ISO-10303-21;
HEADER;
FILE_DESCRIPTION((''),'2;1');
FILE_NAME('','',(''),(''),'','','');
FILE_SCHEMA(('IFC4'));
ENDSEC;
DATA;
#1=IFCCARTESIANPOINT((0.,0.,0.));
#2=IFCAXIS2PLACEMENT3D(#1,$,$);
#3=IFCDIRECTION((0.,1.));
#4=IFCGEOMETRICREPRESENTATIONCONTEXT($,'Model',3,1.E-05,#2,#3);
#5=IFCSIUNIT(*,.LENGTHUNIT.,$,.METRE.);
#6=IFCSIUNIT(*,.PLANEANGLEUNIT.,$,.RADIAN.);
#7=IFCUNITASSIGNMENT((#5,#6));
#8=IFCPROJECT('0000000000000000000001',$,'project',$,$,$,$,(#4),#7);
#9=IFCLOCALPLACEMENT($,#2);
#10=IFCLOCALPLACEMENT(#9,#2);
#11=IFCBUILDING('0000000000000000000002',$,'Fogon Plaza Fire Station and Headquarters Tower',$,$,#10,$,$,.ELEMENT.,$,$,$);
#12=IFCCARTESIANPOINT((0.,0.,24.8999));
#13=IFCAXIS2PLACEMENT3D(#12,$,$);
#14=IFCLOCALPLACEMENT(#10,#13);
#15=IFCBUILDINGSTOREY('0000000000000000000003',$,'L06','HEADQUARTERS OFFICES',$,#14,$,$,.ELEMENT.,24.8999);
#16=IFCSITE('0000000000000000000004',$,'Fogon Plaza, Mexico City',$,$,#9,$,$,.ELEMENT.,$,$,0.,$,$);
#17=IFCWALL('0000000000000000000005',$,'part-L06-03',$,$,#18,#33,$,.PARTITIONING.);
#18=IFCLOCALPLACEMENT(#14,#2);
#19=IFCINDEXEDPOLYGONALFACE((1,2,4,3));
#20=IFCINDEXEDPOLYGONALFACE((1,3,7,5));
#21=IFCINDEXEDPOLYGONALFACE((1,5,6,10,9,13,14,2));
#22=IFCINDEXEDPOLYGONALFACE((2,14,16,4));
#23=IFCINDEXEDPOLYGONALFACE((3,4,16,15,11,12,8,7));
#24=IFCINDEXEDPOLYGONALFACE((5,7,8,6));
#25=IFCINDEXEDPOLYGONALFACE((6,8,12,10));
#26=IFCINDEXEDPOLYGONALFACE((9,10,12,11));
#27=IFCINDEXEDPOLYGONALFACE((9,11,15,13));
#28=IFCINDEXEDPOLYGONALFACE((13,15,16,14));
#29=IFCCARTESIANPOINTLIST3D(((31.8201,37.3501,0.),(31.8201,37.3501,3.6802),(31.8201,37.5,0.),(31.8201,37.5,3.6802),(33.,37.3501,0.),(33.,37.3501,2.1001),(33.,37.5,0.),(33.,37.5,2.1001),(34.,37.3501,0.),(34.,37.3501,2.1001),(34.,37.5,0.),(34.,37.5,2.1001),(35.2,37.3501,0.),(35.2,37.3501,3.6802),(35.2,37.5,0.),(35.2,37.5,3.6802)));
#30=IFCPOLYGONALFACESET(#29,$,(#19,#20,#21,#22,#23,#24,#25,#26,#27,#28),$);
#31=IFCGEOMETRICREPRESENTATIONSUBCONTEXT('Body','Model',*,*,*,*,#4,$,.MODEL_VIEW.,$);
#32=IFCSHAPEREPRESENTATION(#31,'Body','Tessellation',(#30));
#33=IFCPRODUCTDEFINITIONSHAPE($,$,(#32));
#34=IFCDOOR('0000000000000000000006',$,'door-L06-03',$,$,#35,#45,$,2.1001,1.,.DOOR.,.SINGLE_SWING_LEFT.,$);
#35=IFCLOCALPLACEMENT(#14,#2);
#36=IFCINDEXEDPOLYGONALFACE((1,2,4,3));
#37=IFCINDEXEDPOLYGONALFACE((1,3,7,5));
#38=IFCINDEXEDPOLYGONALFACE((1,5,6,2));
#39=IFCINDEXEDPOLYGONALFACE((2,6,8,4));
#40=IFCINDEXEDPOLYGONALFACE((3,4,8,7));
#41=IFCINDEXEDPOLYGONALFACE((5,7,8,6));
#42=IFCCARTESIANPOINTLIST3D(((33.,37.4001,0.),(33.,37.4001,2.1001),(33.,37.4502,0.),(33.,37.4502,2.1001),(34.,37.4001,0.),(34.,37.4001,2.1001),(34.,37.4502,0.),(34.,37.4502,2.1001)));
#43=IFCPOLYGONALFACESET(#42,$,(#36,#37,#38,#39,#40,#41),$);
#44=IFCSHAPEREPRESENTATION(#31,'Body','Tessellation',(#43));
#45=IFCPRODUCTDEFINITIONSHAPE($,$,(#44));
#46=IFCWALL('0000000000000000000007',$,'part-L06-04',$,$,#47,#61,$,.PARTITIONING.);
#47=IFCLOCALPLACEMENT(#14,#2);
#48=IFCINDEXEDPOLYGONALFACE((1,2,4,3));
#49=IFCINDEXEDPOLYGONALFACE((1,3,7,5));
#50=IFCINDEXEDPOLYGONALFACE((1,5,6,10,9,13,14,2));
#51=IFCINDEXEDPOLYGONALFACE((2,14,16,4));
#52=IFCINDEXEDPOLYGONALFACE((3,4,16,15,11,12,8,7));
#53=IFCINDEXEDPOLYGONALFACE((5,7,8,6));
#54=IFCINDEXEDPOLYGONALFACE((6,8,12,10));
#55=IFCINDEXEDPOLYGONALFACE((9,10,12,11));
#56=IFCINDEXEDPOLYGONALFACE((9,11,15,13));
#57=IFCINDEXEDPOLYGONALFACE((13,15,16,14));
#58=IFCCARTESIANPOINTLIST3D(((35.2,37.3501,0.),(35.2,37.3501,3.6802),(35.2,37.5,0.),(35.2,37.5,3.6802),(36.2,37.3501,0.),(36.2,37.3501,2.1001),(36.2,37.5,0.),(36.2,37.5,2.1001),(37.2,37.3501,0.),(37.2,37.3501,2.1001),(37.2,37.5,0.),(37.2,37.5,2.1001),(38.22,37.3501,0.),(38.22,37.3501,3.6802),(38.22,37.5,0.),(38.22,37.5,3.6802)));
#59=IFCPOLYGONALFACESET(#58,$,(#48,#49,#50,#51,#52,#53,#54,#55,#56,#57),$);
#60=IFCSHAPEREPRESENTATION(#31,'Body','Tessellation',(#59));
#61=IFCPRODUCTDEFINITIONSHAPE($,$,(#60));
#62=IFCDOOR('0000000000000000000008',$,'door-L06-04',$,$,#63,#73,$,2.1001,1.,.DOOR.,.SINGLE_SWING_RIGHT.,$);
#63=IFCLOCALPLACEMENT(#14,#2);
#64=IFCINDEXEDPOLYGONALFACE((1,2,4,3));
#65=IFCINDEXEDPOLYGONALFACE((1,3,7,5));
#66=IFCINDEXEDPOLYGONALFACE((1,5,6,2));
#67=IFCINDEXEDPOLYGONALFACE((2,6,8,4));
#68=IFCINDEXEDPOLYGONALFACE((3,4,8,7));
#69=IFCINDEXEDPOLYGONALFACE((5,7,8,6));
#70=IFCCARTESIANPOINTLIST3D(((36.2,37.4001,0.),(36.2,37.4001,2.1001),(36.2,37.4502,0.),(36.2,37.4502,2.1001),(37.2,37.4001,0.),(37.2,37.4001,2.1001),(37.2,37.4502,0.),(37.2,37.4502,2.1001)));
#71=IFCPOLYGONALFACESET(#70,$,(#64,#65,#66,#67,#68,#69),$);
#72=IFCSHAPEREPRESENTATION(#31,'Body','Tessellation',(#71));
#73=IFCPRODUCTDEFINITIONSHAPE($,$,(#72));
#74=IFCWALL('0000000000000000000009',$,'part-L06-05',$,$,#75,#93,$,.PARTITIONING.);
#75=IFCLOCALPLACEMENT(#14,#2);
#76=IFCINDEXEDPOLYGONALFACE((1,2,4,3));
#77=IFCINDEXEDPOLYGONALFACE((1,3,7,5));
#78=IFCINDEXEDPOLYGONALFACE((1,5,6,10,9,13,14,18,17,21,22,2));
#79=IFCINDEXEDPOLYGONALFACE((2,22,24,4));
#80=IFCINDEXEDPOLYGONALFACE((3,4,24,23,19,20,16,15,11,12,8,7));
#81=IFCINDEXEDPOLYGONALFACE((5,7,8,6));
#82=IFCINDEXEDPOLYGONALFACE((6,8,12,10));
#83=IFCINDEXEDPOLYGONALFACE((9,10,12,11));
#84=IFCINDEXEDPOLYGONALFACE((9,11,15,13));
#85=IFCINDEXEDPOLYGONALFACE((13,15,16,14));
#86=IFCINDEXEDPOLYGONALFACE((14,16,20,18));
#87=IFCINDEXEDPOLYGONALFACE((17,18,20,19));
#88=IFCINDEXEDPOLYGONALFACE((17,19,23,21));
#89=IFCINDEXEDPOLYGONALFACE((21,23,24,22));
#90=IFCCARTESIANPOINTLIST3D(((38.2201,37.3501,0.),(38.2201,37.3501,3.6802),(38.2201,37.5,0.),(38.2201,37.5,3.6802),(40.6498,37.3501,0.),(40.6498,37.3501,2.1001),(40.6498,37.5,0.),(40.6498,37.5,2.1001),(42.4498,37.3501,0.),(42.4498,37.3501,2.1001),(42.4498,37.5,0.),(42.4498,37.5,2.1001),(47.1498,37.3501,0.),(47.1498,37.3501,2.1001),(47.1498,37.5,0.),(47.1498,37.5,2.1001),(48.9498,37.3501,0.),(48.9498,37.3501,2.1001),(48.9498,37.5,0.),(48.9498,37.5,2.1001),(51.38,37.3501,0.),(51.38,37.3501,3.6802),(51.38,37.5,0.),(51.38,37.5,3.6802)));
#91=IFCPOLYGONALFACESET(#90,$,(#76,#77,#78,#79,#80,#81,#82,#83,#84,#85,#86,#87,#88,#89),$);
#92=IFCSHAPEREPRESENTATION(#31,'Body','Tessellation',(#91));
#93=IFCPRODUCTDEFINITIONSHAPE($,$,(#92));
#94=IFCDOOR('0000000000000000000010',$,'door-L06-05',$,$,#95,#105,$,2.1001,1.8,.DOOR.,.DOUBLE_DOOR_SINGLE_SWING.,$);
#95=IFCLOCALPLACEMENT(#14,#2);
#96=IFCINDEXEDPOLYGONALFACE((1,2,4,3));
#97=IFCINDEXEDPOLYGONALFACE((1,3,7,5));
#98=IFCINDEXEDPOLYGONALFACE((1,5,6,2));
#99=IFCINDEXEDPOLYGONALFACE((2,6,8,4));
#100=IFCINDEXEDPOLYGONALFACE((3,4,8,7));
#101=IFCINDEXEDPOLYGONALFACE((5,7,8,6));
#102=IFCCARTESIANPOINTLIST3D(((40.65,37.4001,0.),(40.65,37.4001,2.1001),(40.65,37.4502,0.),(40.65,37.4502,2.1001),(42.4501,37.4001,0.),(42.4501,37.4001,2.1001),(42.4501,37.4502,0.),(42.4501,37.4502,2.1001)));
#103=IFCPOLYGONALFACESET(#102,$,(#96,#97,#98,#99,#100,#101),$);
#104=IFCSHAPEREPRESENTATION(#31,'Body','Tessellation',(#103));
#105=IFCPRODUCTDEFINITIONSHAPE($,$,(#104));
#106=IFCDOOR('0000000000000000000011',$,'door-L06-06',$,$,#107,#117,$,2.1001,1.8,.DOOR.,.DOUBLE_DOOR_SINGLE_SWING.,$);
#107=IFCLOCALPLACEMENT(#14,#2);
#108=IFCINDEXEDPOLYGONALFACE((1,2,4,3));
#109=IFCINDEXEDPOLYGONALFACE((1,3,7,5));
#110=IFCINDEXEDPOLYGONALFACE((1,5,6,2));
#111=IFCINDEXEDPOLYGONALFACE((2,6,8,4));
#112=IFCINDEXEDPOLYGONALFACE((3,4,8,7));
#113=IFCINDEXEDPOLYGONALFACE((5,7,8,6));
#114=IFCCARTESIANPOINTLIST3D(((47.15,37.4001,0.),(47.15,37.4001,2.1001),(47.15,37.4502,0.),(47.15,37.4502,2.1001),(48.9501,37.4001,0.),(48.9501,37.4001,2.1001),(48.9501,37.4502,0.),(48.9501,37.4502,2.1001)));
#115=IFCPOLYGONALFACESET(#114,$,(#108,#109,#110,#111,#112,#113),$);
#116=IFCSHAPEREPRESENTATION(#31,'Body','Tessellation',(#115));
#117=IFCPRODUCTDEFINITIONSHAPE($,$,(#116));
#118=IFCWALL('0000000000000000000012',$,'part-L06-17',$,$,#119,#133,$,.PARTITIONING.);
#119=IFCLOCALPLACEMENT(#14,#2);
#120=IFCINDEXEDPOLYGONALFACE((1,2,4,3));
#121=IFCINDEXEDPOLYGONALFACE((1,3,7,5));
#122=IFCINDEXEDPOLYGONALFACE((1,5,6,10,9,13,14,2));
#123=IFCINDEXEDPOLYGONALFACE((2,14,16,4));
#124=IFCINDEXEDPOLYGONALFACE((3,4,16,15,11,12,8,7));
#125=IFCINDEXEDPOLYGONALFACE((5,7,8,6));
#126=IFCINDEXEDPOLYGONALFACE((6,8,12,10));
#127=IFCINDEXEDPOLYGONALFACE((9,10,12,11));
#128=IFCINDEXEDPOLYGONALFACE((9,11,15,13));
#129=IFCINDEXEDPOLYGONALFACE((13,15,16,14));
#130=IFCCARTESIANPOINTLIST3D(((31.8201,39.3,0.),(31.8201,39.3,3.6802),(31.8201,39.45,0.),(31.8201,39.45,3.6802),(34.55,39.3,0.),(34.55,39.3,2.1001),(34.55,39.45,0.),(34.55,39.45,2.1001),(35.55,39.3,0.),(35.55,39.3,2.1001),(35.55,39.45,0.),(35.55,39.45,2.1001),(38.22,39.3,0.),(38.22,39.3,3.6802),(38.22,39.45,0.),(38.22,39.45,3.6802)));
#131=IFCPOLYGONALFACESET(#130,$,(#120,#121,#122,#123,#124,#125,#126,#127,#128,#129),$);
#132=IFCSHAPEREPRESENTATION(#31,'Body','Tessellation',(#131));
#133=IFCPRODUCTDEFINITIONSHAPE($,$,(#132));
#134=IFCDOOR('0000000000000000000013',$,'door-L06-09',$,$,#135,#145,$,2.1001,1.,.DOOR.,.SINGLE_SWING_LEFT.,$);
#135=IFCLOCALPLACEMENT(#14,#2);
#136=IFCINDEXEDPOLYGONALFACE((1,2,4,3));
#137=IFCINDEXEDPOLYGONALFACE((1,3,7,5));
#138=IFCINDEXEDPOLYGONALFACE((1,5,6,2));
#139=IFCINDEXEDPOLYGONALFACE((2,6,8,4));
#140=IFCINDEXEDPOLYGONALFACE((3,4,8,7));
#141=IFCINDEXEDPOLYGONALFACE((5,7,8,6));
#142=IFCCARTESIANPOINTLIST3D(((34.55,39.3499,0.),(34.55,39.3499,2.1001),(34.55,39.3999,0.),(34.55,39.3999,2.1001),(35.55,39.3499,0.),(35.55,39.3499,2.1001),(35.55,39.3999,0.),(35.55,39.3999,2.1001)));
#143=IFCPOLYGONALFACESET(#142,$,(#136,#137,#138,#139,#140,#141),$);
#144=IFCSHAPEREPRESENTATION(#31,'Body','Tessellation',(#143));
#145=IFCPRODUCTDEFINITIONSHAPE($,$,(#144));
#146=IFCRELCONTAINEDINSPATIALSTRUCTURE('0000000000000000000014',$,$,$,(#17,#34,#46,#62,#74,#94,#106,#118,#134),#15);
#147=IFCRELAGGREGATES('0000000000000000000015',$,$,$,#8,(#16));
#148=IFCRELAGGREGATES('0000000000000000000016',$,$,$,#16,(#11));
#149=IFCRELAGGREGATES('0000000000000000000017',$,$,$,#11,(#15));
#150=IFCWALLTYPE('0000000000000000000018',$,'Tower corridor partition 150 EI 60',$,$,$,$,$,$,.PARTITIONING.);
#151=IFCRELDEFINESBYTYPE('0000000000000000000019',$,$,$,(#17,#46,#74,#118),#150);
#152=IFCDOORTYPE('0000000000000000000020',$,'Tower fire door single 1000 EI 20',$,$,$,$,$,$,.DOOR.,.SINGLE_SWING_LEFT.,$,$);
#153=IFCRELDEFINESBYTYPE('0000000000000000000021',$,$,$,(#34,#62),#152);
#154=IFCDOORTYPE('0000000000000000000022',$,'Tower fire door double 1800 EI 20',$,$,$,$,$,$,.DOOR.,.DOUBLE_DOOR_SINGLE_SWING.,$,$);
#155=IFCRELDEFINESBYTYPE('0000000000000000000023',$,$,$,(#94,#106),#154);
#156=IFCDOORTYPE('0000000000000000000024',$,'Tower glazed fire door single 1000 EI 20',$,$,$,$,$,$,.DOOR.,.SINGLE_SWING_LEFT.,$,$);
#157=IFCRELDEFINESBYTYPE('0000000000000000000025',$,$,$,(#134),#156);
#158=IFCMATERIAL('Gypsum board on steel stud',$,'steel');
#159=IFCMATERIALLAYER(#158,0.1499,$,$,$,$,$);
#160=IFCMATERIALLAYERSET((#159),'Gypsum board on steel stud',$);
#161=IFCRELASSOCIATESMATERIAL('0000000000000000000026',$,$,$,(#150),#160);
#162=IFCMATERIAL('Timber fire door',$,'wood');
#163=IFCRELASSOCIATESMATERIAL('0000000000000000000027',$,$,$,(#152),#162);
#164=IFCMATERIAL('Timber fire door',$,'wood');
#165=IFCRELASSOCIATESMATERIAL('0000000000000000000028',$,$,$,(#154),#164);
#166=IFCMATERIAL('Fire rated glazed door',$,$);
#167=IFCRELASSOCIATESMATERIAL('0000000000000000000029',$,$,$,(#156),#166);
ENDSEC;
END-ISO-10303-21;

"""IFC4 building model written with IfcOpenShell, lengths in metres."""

from ifc_helpers import new_model, si_unit, direction, frame, frame_2d, origin, place, context, subcontext, project, spatial, rectangle, extrude, material, layer, layer_set, type_object, element, fill, save


model = new_model("IFC4")

# Units and contexts
model_context = context("Model", 3, precision=1e-05, world=origin(), true_north=direction((0.0, 1.0)))
body_context = subcontext(model_context, "Body", "Model", "MODEL_VIEW")
ifc_project = project(units=[si_unit("LENGTHUNIT", "METRE"), si_unit("PLANEANGLEUNIT", "RADIAN")], contexts=[model_context])

# Site, building, storey
site_placement = place(None, origin())
site = spatial("IfcSite", under=ifc_project, at=site_placement, Name="Fogon Plaza, Mexico City", CompositionType="ELEMENT", RefElevation=0.0)
building_placement = place(site_placement, origin())
building = spatial("IfcBuilding", under=site, at=building_placement, Name="Fogon Plaza Fire Station and Headquarters Tower", CompositionType="ELEMENT")
storey_placement = place(building_placement, frame((0.0, 0.0, 24.8999)))
storey = spatial("IfcBuildingStorey", under=building, at=storey_placement, Name="L06", Description="HEADQUARTERS OFFICES", CompositionType="ELEMENT", Elevation=24.8999)

# Walls, openings, doors
ifc_material_1 = material(Name="Gypsum board on steel stud", Category="steel")
ifc_layer_1 = layer(ifc_material_1, 0.1499)
ifc_layer_set_1 = layer_set([ifc_layer_1], Name="Gypsum board on steel stud")
wall_type_1 = type_object("IfcWallType", Name="Tower corridor partition 150 EI 60", PredefinedType="PARTITIONING", material=ifc_layer_set_1)
wall_1_placement = place(storey_placement, frame((31.8201, 37.425, 0.0), z_axis=(0.0, 0.0, 1.0), x_axis=(1.0, 0.0, 0.0)))
wall_1 = element("IfcWall", 1, at=wall_1_placement, inside=storey, type_object=wall_type_1, Name="part-L06-03", PredefinedType="PARTITIONING", context=body_context, shape_type="SweptSolid", body=[
    extrude(rectangle(XDim=3.3799, YDim=0.1499, at=frame_2d((1.6899, 0.0))), origin(), (0.0, 0.0, 1.0), 3.6802),
])
opening_1_placement = place(wall_1_placement, frame((1.1799, 0.0, 0.0)))
opening_1 = element("IfcOpeningElement", 2, at=opening_1_placement, cuts=wall_1, PredefinedType="OPENING", context=body_context, shape_type="SweptSolid", body=[
    extrude(rectangle(XDim=1.0, YDim=2.1001, at=frame_2d((0.5, 1.05))), frame((0.0, 0.085, 0.0), z_axis=(0.0, -1.0, 0.0), x_axis=(1.0, 0.0, 0.0)), (0.0, 0.0, 1.0), 0.1699),
])
ifc_material_2 = material(Name="Timber fire door", Category="wood")
door_type_1 = type_object("IfcDoorType", Name="Tower fire door single 1000 EI 20", OperationType="SINGLE_SWING_LEFT", PredefinedType="DOOR", material=ifc_material_2)
door_1_placement = place(opening_1_placement, frame((1.0, 0.0, 0.0), z_axis=(0.0, 0.0, 1.0), x_axis=(-1.0, 0.0, 0.0)))
door_1 = element("IfcDoor", 3, at=door_1_placement, inside=storey, type_object=door_type_1, Name="door-L06-03", OperationType="SINGLE_SWING_LEFT", OverallHeight=2.1001, OverallWidth=1.0, PredefinedType="DOOR", context=body_context, shape_type="SweptSolid", body=[
    extrude(rectangle(XDim=1.0, YDim=2.1001, at=frame_2d((0.5, 1.05))), frame((0.0, 0.0249, 0.0), z_axis=(0.0, -1.0, 0.0), x_axis=(1.0, 0.0, 0.0)), (0.0, 0.0, 1.0), 0.05),
])
fill(opening_1, door_1)
wall_2_placement = place(storey_placement, frame((35.2, 37.425, 0.0), z_axis=(0.0, 0.0, 1.0), x_axis=(1.0, 0.0, 0.0)))
wall_2 = element("IfcWall", 4, at=wall_2_placement, inside=storey, type_object=wall_type_1, Name="part-L06-04", PredefinedType="PARTITIONING", context=body_context, shape_type="SweptSolid", body=[
    extrude(rectangle(XDim=3.02, YDim=0.1499, at=frame_2d((1.51, 0.0))), origin(), (0.0, 0.0, 1.0), 3.6802),
])
opening_2_placement = place(wall_2_placement, frame((1.0, 0.0, 0.0)))
opening_2 = element("IfcOpeningElement", 5, at=opening_2_placement, cuts=wall_2, PredefinedType="OPENING", context=body_context, shape_type="SweptSolid", body=[
    extrude(rectangle(XDim=1.0, YDim=2.1001, at=frame_2d((0.5, 1.05))), frame((0.0, 0.085, 0.0), z_axis=(0.0, -1.0, 0.0), x_axis=(1.0, 0.0, 0.0)), (0.0, 0.0, 1.0), 0.1699),
])
door_2_placement = place(opening_2_placement, frame((1.0, 0.0, 0.0), z_axis=(0.0, 0.0, 1.0), x_axis=(-1.0, 0.0, 0.0)))
door_2 = element("IfcDoor", 6, at=door_2_placement, inside=storey, type_object=door_type_1, Name="door-L06-04", OperationType="SINGLE_SWING_RIGHT", OverallHeight=2.1001, OverallWidth=1.0, PredefinedType="DOOR", context=body_context, shape_type="SweptSolid", body=[
    extrude(rectangle(XDim=1.0, YDim=2.1001, at=frame_2d((0.5, 1.05))), frame((0.0, 0.0249, 0.0), z_axis=(0.0, -1.0, 0.0), x_axis=(1.0, 0.0, 0.0)), (0.0, 0.0, 1.0), 0.05),
])
fill(opening_2, door_2)

# Wall, openings, doors
wall_3_placement = place(storey_placement, frame((38.22, 37.425, 0.0), z_axis=(0.0, 0.0, 1.0), x_axis=(1.0, 0.0, 0.0)))
wall_3 = element("IfcWall", 7, at=wall_3_placement, inside=storey, type_object=wall_type_1, Name="part-L06-05", PredefinedType="PARTITIONING", context=body_context, shape_type="SweptSolid", body=[
    extrude(rectangle(XDim=13.1599, YDim=0.1499, at=frame_2d((6.5801, 0.0))), origin(), (0.0, 0.0, 1.0), 3.6802),
])
opening_3_placement = place(wall_3_placement, frame((2.4299, 0.0, 0.0)))
opening_3 = element("IfcOpeningElement", 8, at=opening_3_placement, cuts=wall_3, PredefinedType="OPENING", context=body_context, shape_type="SweptSolid", body=[
    extrude(rectangle(XDim=1.8, YDim=2.1001, at=frame_2d((0.8999, 1.05))), frame((0.0, 0.085, 0.0), z_axis=(0.0, -1.0, 0.0), x_axis=(1.0, 0.0, 0.0)), (0.0, 0.0, 1.0), 0.1699),
])
opening_4_placement = place(wall_3_placement, frame((8.9299, 0.0, 0.0)))
opening_4 = element("IfcOpeningElement", 9, at=opening_4_placement, cuts=wall_3, PredefinedType="OPENING", context=body_context, shape_type="SweptSolid", body=[
    extrude(rectangle(XDim=1.8, YDim=2.1001, at=frame_2d((0.8999, 1.05))), frame((0.0, 0.085, 0.0), z_axis=(0.0, -1.0, 0.0), x_axis=(1.0, 0.0, 0.0)), (0.0, 0.0, 1.0), 0.1699),
])
ifc_material_3 = material(Name="Timber fire door", Category="wood")
door_type_2 = type_object("IfcDoorType", Name="Tower fire door double 1800 EI 20", OperationType="DOUBLE_DOOR_SINGLE_SWING", PredefinedType="DOOR", material=ifc_material_3)
door_3_placement = place(opening_3_placement, frame((1.8, 0.0, 0.0), z_axis=(0.0, 0.0, 1.0), x_axis=(-1.0, 0.0, 0.0)))
door_3 = element("IfcDoor", 10, at=door_3_placement, inside=storey, type_object=door_type_2, Name="door-L06-05", OperationType="DOUBLE_DOOR_SINGLE_SWING", OverallHeight=2.1001, OverallWidth=1.8, PredefinedType="DOOR", context=body_context, shape_type="SweptSolid", body=[
    extrude(rectangle(XDim=1.8, YDim=2.1001, at=frame_2d((0.8999, 1.05))), frame((0.0, 0.0249, 0.0), z_axis=(0.0, -1.0, 0.0), x_axis=(1.0, 0.0, 0.0)), (0.0, 0.0, 1.0), 0.05),
])
fill(opening_3, door_3)
door_4_placement = place(opening_4_placement, frame((1.8, 0.0, 0.0), z_axis=(0.0, 0.0, 1.0), x_axis=(-1.0, 0.0, 0.0)))
door_4 = element("IfcDoor", 11, at=door_4_placement, inside=storey, type_object=door_type_2, Name="door-L06-06", OperationType="DOUBLE_DOOR_SINGLE_SWING", OverallHeight=2.1001, OverallWidth=1.8, PredefinedType="DOOR", context=body_context, shape_type="SweptSolid", body=[
    extrude(rectangle(XDim=1.8, YDim=2.1001, at=frame_2d((0.8999, 1.05))), frame((0.0, 0.0249, 0.0), z_axis=(0.0, -1.0, 0.0), x_axis=(1.0, 0.0, 0.0)), (0.0, 0.0, 1.0), 0.05),
])
fill(opening_4, door_4)

# Wall, opening, door
wall_4_placement = place(storey_placement, frame((31.8201, 39.375, 0.0), z_axis=(0.0, 0.0, 1.0), x_axis=(1.0, 0.0, 0.0)))
wall_4 = element("IfcWall", 12, at=wall_4_placement, inside=storey, type_object=wall_type_1, Name="part-L06-17", PredefinedType="PARTITIONING", context=body_context, shape_type="SweptSolid", body=[
    extrude(rectangle(XDim=6.3999, YDim=0.1499, at=frame_2d((3.2, 0.0))), origin(), (0.0, 0.0, 1.0), 3.6802),
])
opening_5_placement = place(wall_4_placement, frame((2.73, 0.0, 0.0)))
opening_5 = element("IfcOpeningElement", 13, at=opening_5_placement, cuts=wall_4, PredefinedType="OPENING", context=body_context, shape_type="SweptSolid", body=[
    extrude(rectangle(XDim=1.0, YDim=2.1001, at=frame_2d((0.5, 1.05))), frame((0.0, 0.085, 0.0), z_axis=(0.0, -1.0, 0.0), x_axis=(1.0, 0.0, 0.0)), (0.0, 0.0, 1.0), 0.1699),
])
ifc_material_4 = material(Name="Fire rated glazed door")
door_type_3 = type_object("IfcDoorType", Name="Tower glazed fire door single 1000 EI 20", OperationType="SINGLE_SWING_LEFT", PredefinedType="DOOR", material=ifc_material_4)
door_5_placement = place(opening_5_placement, origin())
door_5 = element("IfcDoor", 14, at=door_5_placement, inside=storey, type_object=door_type_3, Name="door-L06-09", OperationType="SINGLE_SWING_LEFT", OverallHeight=2.1001, OverallWidth=1.0, PredefinedType="DOOR", context=body_context, shape_type="SweptSolid", body=[
    extrude(rectangle(XDim=1.0, YDim=2.1001, at=frame_2d((0.5, 1.05))), frame((0.0, 0.0249, 0.0), z_axis=(0.0, -1.0, 0.0), x_axis=(1.0, 0.0, 0.0)), (0.0, 0.0, 1.0), 0.05),
])
fill(opening_5, door_5)

save(model, "model.ifc")
